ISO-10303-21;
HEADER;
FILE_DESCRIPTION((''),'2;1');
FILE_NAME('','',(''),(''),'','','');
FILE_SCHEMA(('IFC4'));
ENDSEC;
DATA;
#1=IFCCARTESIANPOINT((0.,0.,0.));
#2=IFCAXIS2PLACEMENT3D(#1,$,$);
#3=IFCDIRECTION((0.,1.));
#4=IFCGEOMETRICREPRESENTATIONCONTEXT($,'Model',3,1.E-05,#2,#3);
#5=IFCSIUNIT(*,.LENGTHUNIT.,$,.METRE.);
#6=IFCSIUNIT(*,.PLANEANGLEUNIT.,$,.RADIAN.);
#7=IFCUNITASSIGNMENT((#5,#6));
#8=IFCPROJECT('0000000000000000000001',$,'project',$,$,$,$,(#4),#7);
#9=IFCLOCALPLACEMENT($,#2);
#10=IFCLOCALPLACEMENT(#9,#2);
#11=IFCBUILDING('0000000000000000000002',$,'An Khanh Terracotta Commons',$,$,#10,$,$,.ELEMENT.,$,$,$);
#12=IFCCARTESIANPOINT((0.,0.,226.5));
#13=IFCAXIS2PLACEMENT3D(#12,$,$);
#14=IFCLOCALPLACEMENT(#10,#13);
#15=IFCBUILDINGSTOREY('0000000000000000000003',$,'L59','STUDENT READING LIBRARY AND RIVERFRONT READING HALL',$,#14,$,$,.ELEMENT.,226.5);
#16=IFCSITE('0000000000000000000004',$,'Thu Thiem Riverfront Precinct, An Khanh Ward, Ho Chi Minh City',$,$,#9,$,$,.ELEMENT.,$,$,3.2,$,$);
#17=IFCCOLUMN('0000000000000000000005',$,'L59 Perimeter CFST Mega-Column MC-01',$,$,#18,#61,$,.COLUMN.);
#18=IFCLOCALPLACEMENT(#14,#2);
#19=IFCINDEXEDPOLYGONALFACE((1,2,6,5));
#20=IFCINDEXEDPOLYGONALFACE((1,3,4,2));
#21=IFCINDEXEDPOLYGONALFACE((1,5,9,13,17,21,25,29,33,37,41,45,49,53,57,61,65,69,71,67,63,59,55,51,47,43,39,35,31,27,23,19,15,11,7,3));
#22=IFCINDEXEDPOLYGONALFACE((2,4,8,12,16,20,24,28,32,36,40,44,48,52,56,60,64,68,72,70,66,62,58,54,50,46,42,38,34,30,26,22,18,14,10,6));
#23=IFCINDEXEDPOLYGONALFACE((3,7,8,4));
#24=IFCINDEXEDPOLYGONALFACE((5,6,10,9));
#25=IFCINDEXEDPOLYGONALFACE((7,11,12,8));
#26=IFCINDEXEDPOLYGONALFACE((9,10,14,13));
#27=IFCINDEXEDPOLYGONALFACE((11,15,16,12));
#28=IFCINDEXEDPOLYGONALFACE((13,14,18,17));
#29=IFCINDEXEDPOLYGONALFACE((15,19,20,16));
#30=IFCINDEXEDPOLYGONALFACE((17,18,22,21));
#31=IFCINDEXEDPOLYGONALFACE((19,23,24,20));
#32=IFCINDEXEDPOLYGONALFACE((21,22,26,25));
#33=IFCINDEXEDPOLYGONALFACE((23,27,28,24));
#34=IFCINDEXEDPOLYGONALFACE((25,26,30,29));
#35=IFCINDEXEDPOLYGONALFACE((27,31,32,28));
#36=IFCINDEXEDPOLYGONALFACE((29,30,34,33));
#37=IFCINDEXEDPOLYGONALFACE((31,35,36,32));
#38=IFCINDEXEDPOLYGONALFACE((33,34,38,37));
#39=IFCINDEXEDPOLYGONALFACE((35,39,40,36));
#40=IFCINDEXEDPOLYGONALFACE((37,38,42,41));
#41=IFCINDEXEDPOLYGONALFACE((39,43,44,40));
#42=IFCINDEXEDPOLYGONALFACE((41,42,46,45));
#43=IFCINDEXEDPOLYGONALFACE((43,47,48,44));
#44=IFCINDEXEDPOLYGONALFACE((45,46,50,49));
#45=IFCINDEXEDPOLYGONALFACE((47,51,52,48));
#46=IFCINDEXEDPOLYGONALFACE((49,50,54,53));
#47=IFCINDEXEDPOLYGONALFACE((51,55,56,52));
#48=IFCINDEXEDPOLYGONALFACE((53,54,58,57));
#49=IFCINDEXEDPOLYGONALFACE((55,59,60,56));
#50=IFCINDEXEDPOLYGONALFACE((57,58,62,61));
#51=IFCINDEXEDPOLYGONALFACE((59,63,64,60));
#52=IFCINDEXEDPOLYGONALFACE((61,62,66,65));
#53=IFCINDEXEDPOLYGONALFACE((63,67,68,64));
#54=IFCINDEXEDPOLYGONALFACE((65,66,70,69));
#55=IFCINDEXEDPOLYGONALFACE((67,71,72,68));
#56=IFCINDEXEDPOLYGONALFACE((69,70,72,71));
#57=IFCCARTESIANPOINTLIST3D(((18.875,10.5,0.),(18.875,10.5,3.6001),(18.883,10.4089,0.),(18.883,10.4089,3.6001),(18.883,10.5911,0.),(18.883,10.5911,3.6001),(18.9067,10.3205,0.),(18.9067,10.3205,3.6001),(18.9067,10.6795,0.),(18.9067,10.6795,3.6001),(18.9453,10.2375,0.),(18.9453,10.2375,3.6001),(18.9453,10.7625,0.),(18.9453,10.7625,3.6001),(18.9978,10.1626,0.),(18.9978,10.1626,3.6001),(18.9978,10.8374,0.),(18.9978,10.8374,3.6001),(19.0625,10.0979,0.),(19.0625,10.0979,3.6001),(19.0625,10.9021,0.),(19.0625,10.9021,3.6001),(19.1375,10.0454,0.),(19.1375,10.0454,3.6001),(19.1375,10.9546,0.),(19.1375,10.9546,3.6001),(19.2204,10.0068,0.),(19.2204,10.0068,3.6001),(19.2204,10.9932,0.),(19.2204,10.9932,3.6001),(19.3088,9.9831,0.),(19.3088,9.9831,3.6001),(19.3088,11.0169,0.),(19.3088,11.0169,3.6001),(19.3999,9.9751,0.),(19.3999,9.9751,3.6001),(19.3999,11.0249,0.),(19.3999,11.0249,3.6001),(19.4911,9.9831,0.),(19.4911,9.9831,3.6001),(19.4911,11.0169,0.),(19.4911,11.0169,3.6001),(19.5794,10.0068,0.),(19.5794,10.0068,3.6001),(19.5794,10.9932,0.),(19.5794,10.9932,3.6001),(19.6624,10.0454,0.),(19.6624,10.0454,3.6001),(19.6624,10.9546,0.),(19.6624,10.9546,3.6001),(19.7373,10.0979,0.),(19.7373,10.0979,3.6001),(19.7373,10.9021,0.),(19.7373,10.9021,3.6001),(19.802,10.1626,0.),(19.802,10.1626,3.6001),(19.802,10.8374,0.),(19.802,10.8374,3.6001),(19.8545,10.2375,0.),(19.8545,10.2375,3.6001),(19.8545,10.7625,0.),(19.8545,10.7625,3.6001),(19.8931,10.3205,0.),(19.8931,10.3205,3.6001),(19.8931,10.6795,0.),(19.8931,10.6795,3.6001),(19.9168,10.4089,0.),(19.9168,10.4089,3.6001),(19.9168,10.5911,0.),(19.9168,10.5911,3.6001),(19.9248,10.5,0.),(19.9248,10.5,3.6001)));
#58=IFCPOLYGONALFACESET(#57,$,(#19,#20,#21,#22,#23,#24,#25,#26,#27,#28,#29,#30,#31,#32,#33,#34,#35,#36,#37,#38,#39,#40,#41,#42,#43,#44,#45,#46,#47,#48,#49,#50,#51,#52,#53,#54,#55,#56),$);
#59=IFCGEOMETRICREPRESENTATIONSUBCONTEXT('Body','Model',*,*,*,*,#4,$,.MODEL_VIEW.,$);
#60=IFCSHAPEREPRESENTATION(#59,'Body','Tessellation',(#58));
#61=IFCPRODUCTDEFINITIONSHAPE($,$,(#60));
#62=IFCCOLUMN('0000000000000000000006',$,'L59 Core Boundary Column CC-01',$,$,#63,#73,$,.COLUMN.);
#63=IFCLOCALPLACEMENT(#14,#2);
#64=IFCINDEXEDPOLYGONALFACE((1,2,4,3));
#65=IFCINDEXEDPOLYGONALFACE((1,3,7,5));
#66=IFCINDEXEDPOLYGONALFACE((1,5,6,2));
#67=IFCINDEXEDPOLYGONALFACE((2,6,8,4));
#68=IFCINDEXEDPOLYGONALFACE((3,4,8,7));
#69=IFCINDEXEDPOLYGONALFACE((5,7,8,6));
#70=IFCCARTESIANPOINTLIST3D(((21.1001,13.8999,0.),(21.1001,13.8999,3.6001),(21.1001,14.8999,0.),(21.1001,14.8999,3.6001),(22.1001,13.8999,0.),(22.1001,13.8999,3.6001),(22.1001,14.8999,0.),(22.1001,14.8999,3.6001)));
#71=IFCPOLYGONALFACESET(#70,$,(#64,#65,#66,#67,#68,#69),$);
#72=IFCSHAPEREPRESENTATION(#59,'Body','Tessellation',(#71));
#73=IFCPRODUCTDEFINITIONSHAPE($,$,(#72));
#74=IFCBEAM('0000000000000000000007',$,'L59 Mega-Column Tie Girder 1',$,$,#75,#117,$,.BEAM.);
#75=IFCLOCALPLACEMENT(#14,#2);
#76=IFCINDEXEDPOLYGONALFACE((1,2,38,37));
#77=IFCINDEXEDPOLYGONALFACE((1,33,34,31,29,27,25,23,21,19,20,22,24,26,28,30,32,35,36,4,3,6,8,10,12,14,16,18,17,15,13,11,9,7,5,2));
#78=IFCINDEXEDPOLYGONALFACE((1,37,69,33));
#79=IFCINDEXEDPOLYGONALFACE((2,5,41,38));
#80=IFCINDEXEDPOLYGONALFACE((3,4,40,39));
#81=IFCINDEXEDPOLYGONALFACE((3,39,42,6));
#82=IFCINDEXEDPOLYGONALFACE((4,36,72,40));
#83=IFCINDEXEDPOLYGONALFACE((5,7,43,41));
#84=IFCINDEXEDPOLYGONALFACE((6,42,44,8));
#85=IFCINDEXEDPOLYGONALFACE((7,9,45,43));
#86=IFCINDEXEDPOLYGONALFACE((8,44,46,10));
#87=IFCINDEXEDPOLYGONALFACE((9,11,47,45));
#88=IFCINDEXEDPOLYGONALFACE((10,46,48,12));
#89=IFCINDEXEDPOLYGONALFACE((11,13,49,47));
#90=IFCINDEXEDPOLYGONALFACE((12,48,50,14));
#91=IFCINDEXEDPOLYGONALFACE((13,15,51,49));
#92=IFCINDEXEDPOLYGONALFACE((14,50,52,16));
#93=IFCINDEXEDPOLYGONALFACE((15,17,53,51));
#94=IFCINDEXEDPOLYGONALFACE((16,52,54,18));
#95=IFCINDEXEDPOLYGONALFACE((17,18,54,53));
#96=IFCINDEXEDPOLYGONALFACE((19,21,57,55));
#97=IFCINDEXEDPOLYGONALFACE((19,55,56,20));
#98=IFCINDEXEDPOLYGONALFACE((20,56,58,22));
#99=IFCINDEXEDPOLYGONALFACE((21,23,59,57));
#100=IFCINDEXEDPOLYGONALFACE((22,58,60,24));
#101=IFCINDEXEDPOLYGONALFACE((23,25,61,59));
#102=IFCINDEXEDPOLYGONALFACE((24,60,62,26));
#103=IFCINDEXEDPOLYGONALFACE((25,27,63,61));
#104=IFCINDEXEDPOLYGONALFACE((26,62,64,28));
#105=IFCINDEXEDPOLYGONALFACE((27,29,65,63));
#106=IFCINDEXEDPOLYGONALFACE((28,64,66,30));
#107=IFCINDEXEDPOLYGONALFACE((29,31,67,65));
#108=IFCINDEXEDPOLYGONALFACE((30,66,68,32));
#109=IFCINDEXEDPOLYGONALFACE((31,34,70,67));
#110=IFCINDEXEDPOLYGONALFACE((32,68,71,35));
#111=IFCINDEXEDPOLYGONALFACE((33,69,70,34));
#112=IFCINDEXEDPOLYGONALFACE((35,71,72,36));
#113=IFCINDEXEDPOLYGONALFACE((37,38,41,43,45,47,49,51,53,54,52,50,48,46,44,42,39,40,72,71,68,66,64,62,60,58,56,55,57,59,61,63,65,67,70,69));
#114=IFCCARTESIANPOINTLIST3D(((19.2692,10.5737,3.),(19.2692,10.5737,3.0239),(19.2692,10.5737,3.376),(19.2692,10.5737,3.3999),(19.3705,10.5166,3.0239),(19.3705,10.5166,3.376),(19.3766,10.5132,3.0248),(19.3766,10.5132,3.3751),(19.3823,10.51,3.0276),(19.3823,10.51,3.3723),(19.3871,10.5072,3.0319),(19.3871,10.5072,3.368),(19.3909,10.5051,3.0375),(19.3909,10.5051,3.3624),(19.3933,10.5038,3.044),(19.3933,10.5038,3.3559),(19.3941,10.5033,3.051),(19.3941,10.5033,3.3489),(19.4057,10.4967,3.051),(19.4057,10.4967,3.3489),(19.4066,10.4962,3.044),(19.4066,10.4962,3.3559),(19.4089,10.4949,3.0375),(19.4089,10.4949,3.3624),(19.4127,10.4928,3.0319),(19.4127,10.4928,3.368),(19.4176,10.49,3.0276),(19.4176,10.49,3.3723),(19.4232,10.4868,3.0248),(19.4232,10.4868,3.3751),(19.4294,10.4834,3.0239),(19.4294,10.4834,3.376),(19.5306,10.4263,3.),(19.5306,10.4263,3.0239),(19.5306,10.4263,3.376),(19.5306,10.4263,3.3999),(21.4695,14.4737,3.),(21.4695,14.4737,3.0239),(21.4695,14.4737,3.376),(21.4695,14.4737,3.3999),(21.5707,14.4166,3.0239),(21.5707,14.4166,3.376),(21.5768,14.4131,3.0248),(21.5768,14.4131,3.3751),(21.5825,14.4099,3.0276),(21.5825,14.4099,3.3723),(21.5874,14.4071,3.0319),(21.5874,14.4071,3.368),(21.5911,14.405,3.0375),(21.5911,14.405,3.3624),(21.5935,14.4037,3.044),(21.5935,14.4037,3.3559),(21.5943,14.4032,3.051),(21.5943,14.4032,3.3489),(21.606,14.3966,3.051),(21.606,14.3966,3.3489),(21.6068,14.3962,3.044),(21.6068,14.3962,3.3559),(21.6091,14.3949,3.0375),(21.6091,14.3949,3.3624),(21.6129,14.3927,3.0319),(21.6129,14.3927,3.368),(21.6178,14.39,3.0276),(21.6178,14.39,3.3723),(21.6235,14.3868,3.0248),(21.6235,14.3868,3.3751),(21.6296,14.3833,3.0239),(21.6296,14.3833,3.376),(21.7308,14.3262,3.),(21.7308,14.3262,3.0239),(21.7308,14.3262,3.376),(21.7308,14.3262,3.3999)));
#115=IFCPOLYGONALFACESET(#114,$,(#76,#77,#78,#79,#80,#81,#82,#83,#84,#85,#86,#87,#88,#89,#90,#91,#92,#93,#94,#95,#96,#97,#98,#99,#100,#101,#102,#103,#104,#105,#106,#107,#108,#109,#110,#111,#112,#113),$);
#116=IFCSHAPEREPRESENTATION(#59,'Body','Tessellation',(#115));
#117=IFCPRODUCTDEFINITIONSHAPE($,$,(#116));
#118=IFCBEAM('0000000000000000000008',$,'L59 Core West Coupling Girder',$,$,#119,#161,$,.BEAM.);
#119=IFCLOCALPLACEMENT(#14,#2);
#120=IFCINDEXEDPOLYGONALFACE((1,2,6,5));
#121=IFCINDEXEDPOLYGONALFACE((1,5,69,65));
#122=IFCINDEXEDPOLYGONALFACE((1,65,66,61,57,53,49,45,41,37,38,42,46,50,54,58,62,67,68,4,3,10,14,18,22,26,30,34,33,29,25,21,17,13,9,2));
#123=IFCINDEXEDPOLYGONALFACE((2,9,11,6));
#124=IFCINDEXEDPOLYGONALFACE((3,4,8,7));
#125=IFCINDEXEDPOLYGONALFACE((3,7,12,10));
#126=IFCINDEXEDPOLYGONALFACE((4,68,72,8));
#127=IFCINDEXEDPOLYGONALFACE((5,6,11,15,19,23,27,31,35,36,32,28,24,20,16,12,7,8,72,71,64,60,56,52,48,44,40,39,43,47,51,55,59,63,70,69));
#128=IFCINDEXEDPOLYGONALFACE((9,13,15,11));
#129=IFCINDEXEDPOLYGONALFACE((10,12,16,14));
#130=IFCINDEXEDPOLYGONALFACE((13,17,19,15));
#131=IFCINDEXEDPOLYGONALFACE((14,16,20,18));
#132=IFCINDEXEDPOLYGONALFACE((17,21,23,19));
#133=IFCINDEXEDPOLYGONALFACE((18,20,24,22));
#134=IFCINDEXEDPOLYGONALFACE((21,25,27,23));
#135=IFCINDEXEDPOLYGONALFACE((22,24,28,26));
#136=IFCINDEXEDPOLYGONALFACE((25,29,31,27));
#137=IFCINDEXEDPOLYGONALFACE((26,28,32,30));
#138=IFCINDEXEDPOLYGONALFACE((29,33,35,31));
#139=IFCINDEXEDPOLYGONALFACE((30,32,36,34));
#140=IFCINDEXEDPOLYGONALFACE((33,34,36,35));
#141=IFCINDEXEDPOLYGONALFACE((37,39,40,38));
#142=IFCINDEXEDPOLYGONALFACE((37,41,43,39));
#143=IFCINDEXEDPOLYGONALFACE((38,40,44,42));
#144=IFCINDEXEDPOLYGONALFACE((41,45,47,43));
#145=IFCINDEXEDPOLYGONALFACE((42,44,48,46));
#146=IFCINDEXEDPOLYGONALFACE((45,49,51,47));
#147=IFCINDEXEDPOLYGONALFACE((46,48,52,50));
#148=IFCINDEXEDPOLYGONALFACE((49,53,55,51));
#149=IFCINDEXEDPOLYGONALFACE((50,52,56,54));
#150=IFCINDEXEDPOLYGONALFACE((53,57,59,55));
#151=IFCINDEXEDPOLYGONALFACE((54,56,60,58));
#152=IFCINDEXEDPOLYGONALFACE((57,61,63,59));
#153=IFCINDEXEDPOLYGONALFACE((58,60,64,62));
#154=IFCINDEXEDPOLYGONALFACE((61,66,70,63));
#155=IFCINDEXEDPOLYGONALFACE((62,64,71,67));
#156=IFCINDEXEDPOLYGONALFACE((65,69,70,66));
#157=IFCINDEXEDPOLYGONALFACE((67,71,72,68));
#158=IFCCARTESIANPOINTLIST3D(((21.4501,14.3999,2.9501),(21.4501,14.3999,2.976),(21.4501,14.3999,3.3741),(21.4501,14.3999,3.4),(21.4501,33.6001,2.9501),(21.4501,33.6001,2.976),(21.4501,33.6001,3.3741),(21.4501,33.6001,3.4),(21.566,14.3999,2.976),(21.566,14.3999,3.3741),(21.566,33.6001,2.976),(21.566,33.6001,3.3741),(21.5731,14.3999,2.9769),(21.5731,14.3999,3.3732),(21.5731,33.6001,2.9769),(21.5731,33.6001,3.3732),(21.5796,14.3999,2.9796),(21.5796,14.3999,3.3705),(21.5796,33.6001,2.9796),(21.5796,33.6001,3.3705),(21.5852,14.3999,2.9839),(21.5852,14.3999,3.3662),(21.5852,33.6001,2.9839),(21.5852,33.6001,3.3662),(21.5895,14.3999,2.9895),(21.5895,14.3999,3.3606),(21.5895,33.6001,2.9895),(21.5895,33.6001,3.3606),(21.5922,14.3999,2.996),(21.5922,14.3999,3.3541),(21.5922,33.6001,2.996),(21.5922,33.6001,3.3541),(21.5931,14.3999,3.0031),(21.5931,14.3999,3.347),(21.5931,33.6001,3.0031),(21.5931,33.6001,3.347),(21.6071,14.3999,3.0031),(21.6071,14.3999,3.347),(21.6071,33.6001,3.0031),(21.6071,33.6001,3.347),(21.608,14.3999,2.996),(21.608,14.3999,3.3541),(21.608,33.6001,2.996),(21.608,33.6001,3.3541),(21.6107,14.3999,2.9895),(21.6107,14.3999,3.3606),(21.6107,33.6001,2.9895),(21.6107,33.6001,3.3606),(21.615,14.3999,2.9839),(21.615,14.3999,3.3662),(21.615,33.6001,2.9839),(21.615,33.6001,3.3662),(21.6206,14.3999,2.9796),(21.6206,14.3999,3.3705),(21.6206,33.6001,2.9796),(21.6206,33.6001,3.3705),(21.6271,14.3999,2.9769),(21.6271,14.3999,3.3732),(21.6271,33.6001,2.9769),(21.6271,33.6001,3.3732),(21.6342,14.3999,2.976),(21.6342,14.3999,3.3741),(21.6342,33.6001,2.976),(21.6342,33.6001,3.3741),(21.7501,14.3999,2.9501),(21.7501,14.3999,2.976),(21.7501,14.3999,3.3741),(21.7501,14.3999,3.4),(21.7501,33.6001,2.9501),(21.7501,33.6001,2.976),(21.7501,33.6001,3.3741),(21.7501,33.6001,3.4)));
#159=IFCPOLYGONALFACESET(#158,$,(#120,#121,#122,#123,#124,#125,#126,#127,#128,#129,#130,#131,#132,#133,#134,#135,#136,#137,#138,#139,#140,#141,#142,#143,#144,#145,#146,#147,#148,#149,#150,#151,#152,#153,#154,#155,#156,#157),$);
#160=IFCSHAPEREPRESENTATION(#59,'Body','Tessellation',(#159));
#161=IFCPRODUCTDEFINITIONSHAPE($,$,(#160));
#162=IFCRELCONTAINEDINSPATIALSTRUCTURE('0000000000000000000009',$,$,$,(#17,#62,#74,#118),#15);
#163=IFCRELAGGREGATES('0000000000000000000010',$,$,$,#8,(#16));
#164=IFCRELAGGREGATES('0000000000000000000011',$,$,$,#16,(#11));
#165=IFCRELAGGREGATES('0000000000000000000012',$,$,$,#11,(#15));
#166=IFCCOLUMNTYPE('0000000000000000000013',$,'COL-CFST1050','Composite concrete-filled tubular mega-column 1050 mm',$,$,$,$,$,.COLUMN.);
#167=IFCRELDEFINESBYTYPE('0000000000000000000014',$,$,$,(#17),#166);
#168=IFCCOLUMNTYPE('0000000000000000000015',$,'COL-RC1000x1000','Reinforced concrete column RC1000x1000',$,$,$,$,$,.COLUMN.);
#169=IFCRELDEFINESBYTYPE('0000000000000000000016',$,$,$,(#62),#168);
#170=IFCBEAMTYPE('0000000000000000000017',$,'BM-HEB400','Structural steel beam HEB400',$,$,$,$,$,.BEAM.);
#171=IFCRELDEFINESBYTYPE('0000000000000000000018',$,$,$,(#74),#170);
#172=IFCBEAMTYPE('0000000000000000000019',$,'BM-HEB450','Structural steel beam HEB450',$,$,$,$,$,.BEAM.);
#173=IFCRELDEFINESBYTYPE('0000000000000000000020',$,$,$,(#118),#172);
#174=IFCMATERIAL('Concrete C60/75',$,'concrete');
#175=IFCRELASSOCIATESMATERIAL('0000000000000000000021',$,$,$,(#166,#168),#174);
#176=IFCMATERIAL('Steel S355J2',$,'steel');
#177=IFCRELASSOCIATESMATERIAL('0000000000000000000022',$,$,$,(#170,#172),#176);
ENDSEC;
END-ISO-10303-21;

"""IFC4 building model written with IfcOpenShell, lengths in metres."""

from ifc_helpers import new_model, si_unit, direction, frame, origin, origin_2d, place, context, subcontext, project, spatial, rectangle, circle, i_section, extrude, material, material_profile, profile_set, type_object, element, save


model = new_model("IFC4")

# Units and contexts
model_context = context("Model", 3, precision=1e-05, world=origin(), true_north=direction((0.0, 1.0)))
body_context = subcontext(model_context, "Body", "Model", "MODEL_VIEW")
ifc_project = project(units=[si_unit("LENGTHUNIT", "METRE"), si_unit("PLANEANGLEUNIT", "RADIAN")], contexts=[model_context])

# Site, building, storey
site_placement = place(None, origin())
site = spatial("IfcSite", under=ifc_project, at=site_placement, Name="Thu Thiem Riverfront Precinct, An Khanh Ward, Ho Chi Minh City", CompositionType="ELEMENT", RefElevation=3.2)
building_placement = place(site_placement, origin())
building = spatial("IfcBuilding", under=site, at=building_placement, Name="An Khanh Terracotta Commons", CompositionType="ELEMENT")
storey_placement = place(building_placement, frame((0.0, 0.0, 226.5)))
storey = spatial("IfcBuildingStorey", under=building, at=storey_placement, Name="L59", Description="STUDENT READING LIBRARY AND RIVERFRONT READING HALL", CompositionType="ELEMENT", Elevation=226.5)

# Columns
ifc_material_1 = material(Name="Concrete C60/75", Category="concrete")
ifc_material_profile_1 = material_profile(ifc_material_1, circle(Radius=0.5249, at=origin_2d()), Name="CFST1050")
ifc_profile_set_1 = profile_set([ifc_material_profile_1], Name="Concrete C60/75")
column_type_1 = type_object("IfcColumnType", Name="COL-CFST1050", Description="Composite concrete-filled tubular mega-column 1050 mm", PredefinedType="COLUMN", material=ifc_profile_set_1)
column_1_placement = place(storey_placement, frame((19.3999, 10.5, 0.0), z_axis=(0.0, 0.0, 1.0), x_axis=(1.0, 0.0, 0.0)))
element("IfcColumn", 1, at=column_1_placement, inside=storey, type_object=column_type_1, Name="L59 Perimeter CFST Mega-Column MC-01", PredefinedType="COLUMN", context=body_context, shape_type="SweptSolid", body=[
    extrude(circle(Radius=0.5249, at=origin_2d()), origin(), (0.0, 0.0, 1.0), 3.6001),
])
ifc_material_profile_2 = material_profile(ifc_material_1, rectangle(XDim=1.0, YDim=1.0, at=origin_2d()), Name="RC1000x1000")
ifc_profile_set_2 = profile_set([ifc_material_profile_2], Name="Concrete C60/75")
column_type_2 = type_object("IfcColumnType", Name="COL-RC1000x1000", Description="Reinforced concrete column RC1000x1000", PredefinedType="COLUMN", material=ifc_profile_set_2)
column_2_placement = place(storey_placement, frame((21.6001, 14.3999, 0.0), z_axis=(0.0, 0.0, 1.0), x_axis=(1.0, 0.0, 0.0)))
element("IfcColumn", 2, at=column_2_placement, inside=storey, type_object=column_type_2, Name="L59 Core Boundary Column CC-01", PredefinedType="COLUMN", context=body_context, shape_type="SweptSolid", body=[
    extrude(rectangle(XDim=1.0, YDim=1.0, at=origin_2d()), origin(), (0.0, 0.0, 1.0), 3.6001),
])

# Beams
ifc_material_2 = material(Name="Steel S355J2", Category="steel")
ifc_material_profile_3 = material_profile(ifc_material_2, i_section(OverallWidth=0.3, OverallDepth=0.3999, WebThickness=0.0134, FlangeThickness=0.0239, FilletRadius=0.0271, at=origin_2d()), Name="HEB400")
ifc_profile_set_3 = profile_set([ifc_material_profile_3], Name="Steel S355J2")
beam_type_1 = type_object("IfcBeamType", Name="BM-HEB400", Description="Structural steel beam HEB400", PredefinedType="BEAM", material=ifc_profile_set_3)
beam_1_placement = place(storey_placement, frame((19.3999, 10.5, 3.2), z_axis=(0.491364, 0.870955, 0.0), x_axis=(-0.870955, 0.491364, 0.0)))
element("IfcBeam", 3, at=beam_1_placement, inside=storey, type_object=beam_type_1, Name="L59 Mega-Column Tie Girder 1", PredefinedType="BEAM", context=body_context, shape_type="SweptSolid", body=[
    extrude(i_section(OverallWidth=0.3, OverallDepth=0.3999, WebThickness=0.0134, FlangeThickness=0.0239, FilletRadius=0.0271, at=origin_2d()), origin(), (0.0, 0.0, 1.0), 4.4778),
])
ifc_material_profile_4 = material_profile(ifc_material_2, i_section(OverallWidth=0.3, OverallDepth=0.45, WebThickness=0.0139, FlangeThickness=0.0259, FilletRadius=0.0271, at=origin_2d()), Name="HEB450")
ifc_profile_set_4 = profile_set([ifc_material_profile_4], Name="Steel S355J2")
beam_type_2 = type_object("IfcBeamType", Name="BM-HEB450", Description="Structural steel beam HEB450", PredefinedType="BEAM", material=ifc_profile_set_4)
beam_2_placement = place(storey_placement, frame((21.6001, 14.3999, 3.175), z_axis=(0.0, 1.0, 0.0), x_axis=(-1.0, 0.0, 0.0)))
element("IfcBeam", 4, at=beam_2_placement, inside=storey, type_object=beam_type_2, Name="L59 Core West Coupling Girder", PredefinedType="BEAM", context=body_context, shape_type="SweptSolid", body=[
    extrude(i_section(OverallWidth=0.3, OverallDepth=0.45, WebThickness=0.0139, FlangeThickness=0.0259, FilletRadius=0.0271, at=origin_2d()), origin(), (0.0, 0.0, 1.0), 19.2002),
])

save(model, "model.ifc")
